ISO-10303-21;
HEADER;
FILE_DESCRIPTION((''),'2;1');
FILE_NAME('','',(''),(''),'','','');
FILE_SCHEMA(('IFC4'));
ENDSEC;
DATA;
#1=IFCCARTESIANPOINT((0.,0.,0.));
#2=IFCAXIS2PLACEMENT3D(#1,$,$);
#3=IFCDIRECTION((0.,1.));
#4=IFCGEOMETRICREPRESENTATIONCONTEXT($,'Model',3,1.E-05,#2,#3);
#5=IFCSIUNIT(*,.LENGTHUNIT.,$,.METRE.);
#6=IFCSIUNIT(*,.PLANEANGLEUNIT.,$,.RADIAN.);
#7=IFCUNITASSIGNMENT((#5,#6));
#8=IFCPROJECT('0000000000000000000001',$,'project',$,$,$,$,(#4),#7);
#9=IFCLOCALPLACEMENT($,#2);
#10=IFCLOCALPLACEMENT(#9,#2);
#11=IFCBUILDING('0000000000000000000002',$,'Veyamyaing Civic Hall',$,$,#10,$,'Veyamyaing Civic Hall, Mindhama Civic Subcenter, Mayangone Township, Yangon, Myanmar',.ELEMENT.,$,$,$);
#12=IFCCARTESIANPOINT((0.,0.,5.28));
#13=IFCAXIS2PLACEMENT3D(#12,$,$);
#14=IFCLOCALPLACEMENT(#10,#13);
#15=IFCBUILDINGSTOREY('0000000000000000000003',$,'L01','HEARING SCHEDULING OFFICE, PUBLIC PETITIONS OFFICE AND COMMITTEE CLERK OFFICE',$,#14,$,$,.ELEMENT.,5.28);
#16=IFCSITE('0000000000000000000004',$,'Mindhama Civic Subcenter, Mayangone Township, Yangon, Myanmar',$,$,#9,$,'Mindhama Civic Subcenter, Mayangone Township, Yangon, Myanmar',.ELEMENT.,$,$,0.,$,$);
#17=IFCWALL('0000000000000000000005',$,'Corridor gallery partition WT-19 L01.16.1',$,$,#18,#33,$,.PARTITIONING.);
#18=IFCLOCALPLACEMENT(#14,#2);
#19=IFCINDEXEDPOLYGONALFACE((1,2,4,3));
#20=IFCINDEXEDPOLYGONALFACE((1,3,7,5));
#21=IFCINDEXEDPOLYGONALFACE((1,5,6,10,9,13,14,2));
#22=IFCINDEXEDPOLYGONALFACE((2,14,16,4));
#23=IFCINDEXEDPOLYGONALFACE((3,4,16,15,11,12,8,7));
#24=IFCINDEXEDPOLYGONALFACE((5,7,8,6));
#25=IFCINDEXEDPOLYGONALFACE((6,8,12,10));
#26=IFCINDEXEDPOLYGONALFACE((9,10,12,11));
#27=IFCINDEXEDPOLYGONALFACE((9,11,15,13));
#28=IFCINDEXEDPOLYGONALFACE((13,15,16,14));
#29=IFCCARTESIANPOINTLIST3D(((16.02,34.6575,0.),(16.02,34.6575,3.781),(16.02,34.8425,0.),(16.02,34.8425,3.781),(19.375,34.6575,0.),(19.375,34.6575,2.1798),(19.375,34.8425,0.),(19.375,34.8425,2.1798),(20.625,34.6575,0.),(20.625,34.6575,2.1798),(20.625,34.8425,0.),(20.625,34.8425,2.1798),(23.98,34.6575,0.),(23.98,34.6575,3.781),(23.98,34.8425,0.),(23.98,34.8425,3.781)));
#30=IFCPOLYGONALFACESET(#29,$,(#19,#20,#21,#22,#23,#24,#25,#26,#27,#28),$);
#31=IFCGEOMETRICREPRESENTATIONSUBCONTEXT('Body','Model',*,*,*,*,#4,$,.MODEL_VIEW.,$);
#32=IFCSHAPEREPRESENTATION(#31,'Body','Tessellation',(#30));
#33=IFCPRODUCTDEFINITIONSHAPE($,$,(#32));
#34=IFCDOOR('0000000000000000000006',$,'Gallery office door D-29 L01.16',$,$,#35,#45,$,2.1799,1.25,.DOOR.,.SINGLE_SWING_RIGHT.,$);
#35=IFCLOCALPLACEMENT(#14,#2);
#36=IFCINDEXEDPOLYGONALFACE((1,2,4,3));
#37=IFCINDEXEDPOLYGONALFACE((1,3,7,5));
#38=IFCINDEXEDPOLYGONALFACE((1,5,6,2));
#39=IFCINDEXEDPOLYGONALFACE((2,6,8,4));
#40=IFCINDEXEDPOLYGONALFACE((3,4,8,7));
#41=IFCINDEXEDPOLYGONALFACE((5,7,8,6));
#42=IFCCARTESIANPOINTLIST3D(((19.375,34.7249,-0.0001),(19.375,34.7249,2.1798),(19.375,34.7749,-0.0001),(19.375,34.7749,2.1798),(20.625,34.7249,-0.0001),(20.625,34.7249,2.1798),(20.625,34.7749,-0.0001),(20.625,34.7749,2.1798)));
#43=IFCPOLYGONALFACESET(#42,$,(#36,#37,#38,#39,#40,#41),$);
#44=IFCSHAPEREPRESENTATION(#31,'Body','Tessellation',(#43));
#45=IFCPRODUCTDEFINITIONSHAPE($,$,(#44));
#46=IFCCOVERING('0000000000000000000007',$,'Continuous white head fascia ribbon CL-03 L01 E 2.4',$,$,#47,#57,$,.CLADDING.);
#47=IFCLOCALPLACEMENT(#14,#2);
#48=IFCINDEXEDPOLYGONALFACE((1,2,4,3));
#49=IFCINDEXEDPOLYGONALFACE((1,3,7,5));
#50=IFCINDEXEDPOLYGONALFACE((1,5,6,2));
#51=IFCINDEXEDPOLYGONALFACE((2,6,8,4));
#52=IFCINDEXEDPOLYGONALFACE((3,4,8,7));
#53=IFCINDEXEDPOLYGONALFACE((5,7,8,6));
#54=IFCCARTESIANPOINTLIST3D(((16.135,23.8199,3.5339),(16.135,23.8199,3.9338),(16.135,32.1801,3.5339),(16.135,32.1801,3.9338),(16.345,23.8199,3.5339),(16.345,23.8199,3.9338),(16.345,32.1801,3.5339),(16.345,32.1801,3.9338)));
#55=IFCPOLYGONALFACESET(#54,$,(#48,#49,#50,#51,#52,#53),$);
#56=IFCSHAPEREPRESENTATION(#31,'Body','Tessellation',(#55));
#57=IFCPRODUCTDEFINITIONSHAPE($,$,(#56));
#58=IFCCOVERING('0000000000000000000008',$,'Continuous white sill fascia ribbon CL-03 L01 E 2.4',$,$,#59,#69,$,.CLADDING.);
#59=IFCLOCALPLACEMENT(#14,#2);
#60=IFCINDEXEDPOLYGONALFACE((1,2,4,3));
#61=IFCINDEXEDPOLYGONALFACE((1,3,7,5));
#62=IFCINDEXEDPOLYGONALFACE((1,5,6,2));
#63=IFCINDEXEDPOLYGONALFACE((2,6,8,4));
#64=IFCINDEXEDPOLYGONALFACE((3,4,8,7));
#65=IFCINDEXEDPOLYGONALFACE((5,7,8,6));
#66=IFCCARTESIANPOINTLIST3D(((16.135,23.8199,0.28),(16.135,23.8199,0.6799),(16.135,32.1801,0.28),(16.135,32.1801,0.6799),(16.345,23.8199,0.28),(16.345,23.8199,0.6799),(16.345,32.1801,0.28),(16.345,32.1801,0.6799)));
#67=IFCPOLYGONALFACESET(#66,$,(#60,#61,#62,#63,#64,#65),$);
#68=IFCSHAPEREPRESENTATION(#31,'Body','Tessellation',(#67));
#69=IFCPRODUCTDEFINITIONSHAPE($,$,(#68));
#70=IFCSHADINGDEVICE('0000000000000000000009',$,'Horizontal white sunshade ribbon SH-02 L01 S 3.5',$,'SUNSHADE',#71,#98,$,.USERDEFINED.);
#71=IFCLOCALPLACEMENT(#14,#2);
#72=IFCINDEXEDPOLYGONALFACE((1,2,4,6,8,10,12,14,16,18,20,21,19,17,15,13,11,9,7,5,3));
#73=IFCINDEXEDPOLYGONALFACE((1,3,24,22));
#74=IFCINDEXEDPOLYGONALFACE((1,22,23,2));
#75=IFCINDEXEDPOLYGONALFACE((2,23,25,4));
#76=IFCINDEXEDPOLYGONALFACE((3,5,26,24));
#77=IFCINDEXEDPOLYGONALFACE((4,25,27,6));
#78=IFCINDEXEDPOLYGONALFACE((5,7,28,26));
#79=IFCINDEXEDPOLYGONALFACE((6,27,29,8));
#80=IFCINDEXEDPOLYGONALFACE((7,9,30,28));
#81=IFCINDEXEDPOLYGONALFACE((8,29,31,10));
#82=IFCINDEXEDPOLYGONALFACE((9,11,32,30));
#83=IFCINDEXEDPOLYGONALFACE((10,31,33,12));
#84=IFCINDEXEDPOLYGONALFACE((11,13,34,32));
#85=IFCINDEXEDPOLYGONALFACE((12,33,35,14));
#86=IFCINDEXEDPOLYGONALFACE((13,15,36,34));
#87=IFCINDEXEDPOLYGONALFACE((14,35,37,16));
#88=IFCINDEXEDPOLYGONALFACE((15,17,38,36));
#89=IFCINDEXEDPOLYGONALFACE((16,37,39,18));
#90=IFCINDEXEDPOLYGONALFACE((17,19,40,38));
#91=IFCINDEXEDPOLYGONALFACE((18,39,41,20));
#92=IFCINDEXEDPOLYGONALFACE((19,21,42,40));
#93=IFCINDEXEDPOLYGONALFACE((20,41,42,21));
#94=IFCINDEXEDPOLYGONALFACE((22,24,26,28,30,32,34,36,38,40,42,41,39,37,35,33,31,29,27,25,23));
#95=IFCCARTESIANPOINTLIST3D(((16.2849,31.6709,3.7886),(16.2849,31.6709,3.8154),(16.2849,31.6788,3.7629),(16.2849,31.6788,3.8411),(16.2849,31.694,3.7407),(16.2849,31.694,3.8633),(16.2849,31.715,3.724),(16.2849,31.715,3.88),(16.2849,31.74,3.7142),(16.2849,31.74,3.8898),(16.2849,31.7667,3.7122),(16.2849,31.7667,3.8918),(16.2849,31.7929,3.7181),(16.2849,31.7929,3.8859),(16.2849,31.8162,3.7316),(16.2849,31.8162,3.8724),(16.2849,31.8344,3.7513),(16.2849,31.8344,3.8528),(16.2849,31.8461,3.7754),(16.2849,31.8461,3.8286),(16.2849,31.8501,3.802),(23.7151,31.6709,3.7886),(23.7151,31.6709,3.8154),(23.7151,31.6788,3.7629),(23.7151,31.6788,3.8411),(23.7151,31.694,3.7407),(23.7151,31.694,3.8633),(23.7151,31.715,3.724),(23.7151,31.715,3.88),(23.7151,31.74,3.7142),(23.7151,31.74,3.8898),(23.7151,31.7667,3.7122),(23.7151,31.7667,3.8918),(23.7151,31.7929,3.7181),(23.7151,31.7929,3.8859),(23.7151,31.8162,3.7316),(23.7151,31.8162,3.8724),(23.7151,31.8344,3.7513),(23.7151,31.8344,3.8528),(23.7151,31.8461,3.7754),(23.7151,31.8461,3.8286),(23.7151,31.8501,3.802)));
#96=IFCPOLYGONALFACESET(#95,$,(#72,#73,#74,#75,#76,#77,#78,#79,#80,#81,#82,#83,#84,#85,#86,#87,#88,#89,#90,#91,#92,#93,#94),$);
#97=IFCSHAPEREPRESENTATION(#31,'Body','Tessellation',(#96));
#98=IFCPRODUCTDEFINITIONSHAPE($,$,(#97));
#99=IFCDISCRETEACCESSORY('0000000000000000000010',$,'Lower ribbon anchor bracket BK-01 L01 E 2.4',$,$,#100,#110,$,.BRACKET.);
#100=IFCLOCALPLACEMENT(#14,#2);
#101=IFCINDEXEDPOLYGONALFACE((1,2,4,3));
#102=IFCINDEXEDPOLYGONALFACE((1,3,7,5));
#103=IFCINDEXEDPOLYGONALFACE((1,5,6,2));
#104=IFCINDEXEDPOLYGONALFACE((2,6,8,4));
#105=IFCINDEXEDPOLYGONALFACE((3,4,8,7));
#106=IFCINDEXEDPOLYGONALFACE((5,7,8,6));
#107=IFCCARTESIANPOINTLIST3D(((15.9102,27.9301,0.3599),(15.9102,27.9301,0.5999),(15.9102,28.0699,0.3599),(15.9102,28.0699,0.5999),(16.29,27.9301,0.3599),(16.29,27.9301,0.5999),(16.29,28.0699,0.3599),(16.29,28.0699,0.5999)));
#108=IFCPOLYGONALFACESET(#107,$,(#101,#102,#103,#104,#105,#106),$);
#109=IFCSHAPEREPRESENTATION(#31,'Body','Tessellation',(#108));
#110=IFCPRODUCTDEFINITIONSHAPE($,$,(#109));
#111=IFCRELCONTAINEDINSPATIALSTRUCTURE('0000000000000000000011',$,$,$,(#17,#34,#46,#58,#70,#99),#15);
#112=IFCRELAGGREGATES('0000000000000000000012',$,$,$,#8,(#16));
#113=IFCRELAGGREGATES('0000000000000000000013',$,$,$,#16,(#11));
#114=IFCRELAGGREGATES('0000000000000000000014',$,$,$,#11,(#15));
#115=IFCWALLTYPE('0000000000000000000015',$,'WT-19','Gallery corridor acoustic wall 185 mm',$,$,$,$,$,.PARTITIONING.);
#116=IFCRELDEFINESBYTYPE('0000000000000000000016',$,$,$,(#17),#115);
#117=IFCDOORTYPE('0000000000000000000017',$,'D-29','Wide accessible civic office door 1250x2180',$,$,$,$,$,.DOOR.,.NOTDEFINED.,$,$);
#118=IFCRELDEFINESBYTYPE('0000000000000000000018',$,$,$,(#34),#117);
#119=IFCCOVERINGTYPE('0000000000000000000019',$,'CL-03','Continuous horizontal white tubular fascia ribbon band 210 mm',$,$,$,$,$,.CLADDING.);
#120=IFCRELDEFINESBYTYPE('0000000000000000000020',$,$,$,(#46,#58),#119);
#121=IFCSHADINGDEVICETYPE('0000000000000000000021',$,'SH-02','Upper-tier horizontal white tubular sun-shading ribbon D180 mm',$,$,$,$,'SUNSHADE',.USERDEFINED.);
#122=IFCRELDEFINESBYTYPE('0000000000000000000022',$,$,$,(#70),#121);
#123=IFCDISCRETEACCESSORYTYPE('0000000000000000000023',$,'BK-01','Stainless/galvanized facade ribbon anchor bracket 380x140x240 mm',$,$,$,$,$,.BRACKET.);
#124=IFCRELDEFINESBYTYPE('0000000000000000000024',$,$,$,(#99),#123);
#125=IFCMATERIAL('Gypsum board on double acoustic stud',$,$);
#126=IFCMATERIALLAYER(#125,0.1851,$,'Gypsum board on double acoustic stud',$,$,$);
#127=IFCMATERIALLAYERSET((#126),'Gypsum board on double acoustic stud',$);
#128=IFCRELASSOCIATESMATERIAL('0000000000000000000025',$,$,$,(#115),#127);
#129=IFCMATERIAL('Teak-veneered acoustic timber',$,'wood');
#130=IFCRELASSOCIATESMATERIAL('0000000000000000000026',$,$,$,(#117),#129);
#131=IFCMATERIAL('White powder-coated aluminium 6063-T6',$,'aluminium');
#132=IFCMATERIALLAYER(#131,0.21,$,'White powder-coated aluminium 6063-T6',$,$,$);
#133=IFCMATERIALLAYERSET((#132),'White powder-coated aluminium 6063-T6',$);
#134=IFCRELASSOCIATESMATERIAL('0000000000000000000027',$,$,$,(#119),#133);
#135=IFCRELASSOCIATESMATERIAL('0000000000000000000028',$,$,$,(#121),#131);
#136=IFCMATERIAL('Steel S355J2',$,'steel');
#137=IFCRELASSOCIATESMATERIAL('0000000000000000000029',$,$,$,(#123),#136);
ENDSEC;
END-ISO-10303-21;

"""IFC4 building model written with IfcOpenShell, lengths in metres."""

from ifc_helpers import new_model, si_unit, direction, frame, frame_2d, origin, origin_2d, place, context, subcontext, project, spatial, rectangle, circle, extrude, material, layer, layer_set, material_profile, profile_set, type_object, element, fill, save


model = new_model("IFC4")

# Units and contexts
model_context = context("Model", 3, precision=1e-05, world=origin(), true_north=direction((0.0, 1.0)))
body_context = subcontext(model_context, "Body", "Model", "MODEL_VIEW")
ifc_project = project(units=[si_unit("LENGTHUNIT", "METRE"), si_unit("PLANEANGLEUNIT", "RADIAN")], contexts=[model_context])

# Site, building, storey
site_placement = place(None, origin())
site = spatial("IfcSite", under=ifc_project, at=site_placement, Name="Mindhama Civic Subcenter, Mayangone Township, Yangon, Myanmar", LongName="Mindhama Civic Subcenter, Mayangone Township, Yangon, Myanmar", CompositionType="ELEMENT", RefElevation=0.0)
building_placement = place(site_placement, origin())
building = spatial("IfcBuilding", under=site, at=building_placement, Name="Veyamyaing Civic Hall", LongName="Veyamyaing Civic Hall, Mindhama Civic Subcenter, Mayangone Township, Yangon, Myanmar", CompositionType="ELEMENT")
storey_placement = place(building_placement, frame((0.0, 0.0, 5.28)))
storey = spatial("IfcBuildingStorey", under=building, at=storey_placement, Name="L01", Description="HEARING SCHEDULING OFFICE, PUBLIC PETITIONS OFFICE AND COMMITTEE CLERK OFFICE", CompositionType="ELEMENT", Elevation=5.28)

# Wall, opening, door
ifc_material_1 = material(Name="Gypsum board on double acoustic stud")
ifc_layer_1 = layer(ifc_material_1, 0.1851, Name="Gypsum board on double acoustic stud")
ifc_layer_set_1 = layer_set([ifc_layer_1], Name="Gypsum board on double acoustic stud")
wall_type_1 = type_object("IfcWallType", Name="WT-19", Description="Gallery corridor acoustic wall 185 mm", PredefinedType="PARTITIONING", material=ifc_layer_set_1)
wall_1_placement = place(storey_placement, frame((16.02, 34.75, 0.0), z_axis=(0.0, 0.0, 1.0), x_axis=(1.0, 0.0, 0.0)))
wall_1 = element("IfcWall", 1, at=wall_1_placement, inside=storey, type_object=wall_type_1, Name="Corridor gallery partition WT-19 L01.16.1", PredefinedType="PARTITIONING", context=body_context, shape_type="SweptSolid", body=[
    extrude(rectangle(XDim=7.96, YDim=0.1851, at=frame_2d((3.98, 0.0))), origin(), (0.0, 0.0, 1.0), 3.781),
])
opening_1_placement = place(wall_1_placement, frame((3.355, 0.0, 0.0)))
opening_1 = element("IfcOpeningElement", 2, at=opening_1_placement, cuts=wall_1, PredefinedType="OPENING", context=body_context, shape_type="SweptSolid", body=[
    extrude(rectangle(XDim=1.25, YDim=2.1799, at=frame_2d((0.625, 1.0898))), frame((0.0, 0.1025, 0.0), z_axis=(0.0, -1.0, 0.0), x_axis=(1.0, 0.0, 0.0)), (0.0, 0.0, 1.0), 0.2051),
])
ifc_material_2 = material(Name="Teak-veneered acoustic timber", Category="wood")
door_type = type_object("IfcDoorType", Name="D-29", Description="Wide accessible civic office door 1250x2180", OperationType="NOTDEFINED", PredefinedType="DOOR", material=ifc_material_2)
door_placement = place(opening_1_placement, origin())
door = element("IfcDoor", 3, at=door_placement, inside=storey, type_object=door_type, Name="Gallery office door D-29 L01.16", OperationType="SINGLE_SWING_RIGHT", OverallHeight=2.1799, OverallWidth=1.25, PredefinedType="DOOR", context=body_context, shape_type="SweptSolid", body=[
    extrude(rectangle(XDim=1.25, YDim=2.1799, at=frame_2d((0.625, 1.0898))), frame((0.0, 0.0249, 0.0), z_axis=(0.0, -1.0, 0.0), x_axis=(1.0, 0.0, 0.0)), (0.0, 0.0, 1.0), 0.05),
])
fill(opening_1, door)

# Coverings
ifc_material_3 = material(Name="White powder-coated aluminium 6063-T6", Category="aluminium")
ifc_layer_2 = layer(ifc_material_3, 0.21, Name="White powder-coated aluminium 6063-T6")
ifc_layer_set_2 = layer_set([ifc_layer_2], Name="White powder-coated aluminium 6063-T6")
covering_type = type_object("IfcCoveringType", Name="CL-03", Description="Continuous horizontal white tubular fascia ribbon band 210 mm", PredefinedType="CLADDING", material=ifc_layer_set_2)
for number, where, z_axis, x_axis, name in (
    (4, (16.24, 28.0, 3.5339), (0.0, 0.0, 1.0), (0.0, 1.0, 0.0), "Continuous white head fascia ribbon CL-03 L01 E 2.4"),
    (5, (16.24, 28.0, 0.28), (0.0, 0.0, 1.0), (0.0, 1.0, 0.0), "Continuous white sill fascia ribbon CL-03 L01 E 2.4"),
):
    element("IfcCovering", number, at=place(storey_placement, frame(where, z_axis=z_axis, x_axis=x_axis)), inside=storey, type_object=covering_type, Name=name, PredefinedType="CLADDING", context=body_context, shape_type="SweptSolid", body=[
        extrude(rectangle(XDim=8.3601, YDim=0.21, at=origin_2d()), origin(), (0.0, 0.0, 1.0), 0.3999),
    ])

# Shading device
ifc_material_profile_1 = material_profile(ifc_material_3, circle(Radius=0.0901, at=origin_2d()), Name="SHADE-TUBE-180")
ifc_profile_set_1 = profile_set([ifc_material_profile_1], Name="White powder-coated aluminium 6063-T6")
shading_device_type = type_object("IfcShadingDeviceType", Name="SH-02", Description="Upper-tier horizontal white tubular sun-shading ribbon D180 mm", ElementType="SUNSHADE", PredefinedType="USERDEFINED", material=ifc_profile_set_1)
shading_device_placement = place(storey_placement, frame((16.2849, 31.76, 3.802), z_axis=(1.0, 0.0, 0.0), x_axis=(0.0, 1.0, 0.0)))
element("IfcShadingDevice", 6, at=shading_device_placement, inside=storey, type_object=shading_device_type, Name="Horizontal white sunshade ribbon SH-02 L01 S 3.5", ObjectType="SUNSHADE", PredefinedType="USERDEFINED", context=body_context, shape_type="SweptSolid", body=[
    extrude(circle(Radius=0.0901, at=origin_2d()), origin(), (0.0, 0.0, 1.0), 7.4302),
])

# Discrete accessory
ifc_material_4 = material(Name="Steel S355J2", Category="steel")
discrete_accessory_type = type_object("IfcDiscreteAccessoryType", Name="BK-01", Description="Stainless/galvanized facade ribbon anchor bracket 380x140x240 mm", PredefinedType="BRACKET", material=ifc_material_4)
discrete_accessory_placement = place(storey_placement, frame((16.1001, 28.0, 0.3599), z_axis=(0.0, 0.0, 1.0), x_axis=(1.0, 0.0, 0.0)))
element("IfcDiscreteAccessory", 7, at=discrete_accessory_placement, inside=storey, type_object=discrete_accessory_type, Name="Lower ribbon anchor bracket BK-01 L01 E 2.4", PredefinedType="BRACKET", context=body_context, shape_type="SweptSolid", body=[
    extrude(rectangle(XDim=0.3799, YDim=0.1399, at=origin_2d()), origin(), (0.0, 0.0, 1.0), 0.24),
])

save(model, "model.ifc")
